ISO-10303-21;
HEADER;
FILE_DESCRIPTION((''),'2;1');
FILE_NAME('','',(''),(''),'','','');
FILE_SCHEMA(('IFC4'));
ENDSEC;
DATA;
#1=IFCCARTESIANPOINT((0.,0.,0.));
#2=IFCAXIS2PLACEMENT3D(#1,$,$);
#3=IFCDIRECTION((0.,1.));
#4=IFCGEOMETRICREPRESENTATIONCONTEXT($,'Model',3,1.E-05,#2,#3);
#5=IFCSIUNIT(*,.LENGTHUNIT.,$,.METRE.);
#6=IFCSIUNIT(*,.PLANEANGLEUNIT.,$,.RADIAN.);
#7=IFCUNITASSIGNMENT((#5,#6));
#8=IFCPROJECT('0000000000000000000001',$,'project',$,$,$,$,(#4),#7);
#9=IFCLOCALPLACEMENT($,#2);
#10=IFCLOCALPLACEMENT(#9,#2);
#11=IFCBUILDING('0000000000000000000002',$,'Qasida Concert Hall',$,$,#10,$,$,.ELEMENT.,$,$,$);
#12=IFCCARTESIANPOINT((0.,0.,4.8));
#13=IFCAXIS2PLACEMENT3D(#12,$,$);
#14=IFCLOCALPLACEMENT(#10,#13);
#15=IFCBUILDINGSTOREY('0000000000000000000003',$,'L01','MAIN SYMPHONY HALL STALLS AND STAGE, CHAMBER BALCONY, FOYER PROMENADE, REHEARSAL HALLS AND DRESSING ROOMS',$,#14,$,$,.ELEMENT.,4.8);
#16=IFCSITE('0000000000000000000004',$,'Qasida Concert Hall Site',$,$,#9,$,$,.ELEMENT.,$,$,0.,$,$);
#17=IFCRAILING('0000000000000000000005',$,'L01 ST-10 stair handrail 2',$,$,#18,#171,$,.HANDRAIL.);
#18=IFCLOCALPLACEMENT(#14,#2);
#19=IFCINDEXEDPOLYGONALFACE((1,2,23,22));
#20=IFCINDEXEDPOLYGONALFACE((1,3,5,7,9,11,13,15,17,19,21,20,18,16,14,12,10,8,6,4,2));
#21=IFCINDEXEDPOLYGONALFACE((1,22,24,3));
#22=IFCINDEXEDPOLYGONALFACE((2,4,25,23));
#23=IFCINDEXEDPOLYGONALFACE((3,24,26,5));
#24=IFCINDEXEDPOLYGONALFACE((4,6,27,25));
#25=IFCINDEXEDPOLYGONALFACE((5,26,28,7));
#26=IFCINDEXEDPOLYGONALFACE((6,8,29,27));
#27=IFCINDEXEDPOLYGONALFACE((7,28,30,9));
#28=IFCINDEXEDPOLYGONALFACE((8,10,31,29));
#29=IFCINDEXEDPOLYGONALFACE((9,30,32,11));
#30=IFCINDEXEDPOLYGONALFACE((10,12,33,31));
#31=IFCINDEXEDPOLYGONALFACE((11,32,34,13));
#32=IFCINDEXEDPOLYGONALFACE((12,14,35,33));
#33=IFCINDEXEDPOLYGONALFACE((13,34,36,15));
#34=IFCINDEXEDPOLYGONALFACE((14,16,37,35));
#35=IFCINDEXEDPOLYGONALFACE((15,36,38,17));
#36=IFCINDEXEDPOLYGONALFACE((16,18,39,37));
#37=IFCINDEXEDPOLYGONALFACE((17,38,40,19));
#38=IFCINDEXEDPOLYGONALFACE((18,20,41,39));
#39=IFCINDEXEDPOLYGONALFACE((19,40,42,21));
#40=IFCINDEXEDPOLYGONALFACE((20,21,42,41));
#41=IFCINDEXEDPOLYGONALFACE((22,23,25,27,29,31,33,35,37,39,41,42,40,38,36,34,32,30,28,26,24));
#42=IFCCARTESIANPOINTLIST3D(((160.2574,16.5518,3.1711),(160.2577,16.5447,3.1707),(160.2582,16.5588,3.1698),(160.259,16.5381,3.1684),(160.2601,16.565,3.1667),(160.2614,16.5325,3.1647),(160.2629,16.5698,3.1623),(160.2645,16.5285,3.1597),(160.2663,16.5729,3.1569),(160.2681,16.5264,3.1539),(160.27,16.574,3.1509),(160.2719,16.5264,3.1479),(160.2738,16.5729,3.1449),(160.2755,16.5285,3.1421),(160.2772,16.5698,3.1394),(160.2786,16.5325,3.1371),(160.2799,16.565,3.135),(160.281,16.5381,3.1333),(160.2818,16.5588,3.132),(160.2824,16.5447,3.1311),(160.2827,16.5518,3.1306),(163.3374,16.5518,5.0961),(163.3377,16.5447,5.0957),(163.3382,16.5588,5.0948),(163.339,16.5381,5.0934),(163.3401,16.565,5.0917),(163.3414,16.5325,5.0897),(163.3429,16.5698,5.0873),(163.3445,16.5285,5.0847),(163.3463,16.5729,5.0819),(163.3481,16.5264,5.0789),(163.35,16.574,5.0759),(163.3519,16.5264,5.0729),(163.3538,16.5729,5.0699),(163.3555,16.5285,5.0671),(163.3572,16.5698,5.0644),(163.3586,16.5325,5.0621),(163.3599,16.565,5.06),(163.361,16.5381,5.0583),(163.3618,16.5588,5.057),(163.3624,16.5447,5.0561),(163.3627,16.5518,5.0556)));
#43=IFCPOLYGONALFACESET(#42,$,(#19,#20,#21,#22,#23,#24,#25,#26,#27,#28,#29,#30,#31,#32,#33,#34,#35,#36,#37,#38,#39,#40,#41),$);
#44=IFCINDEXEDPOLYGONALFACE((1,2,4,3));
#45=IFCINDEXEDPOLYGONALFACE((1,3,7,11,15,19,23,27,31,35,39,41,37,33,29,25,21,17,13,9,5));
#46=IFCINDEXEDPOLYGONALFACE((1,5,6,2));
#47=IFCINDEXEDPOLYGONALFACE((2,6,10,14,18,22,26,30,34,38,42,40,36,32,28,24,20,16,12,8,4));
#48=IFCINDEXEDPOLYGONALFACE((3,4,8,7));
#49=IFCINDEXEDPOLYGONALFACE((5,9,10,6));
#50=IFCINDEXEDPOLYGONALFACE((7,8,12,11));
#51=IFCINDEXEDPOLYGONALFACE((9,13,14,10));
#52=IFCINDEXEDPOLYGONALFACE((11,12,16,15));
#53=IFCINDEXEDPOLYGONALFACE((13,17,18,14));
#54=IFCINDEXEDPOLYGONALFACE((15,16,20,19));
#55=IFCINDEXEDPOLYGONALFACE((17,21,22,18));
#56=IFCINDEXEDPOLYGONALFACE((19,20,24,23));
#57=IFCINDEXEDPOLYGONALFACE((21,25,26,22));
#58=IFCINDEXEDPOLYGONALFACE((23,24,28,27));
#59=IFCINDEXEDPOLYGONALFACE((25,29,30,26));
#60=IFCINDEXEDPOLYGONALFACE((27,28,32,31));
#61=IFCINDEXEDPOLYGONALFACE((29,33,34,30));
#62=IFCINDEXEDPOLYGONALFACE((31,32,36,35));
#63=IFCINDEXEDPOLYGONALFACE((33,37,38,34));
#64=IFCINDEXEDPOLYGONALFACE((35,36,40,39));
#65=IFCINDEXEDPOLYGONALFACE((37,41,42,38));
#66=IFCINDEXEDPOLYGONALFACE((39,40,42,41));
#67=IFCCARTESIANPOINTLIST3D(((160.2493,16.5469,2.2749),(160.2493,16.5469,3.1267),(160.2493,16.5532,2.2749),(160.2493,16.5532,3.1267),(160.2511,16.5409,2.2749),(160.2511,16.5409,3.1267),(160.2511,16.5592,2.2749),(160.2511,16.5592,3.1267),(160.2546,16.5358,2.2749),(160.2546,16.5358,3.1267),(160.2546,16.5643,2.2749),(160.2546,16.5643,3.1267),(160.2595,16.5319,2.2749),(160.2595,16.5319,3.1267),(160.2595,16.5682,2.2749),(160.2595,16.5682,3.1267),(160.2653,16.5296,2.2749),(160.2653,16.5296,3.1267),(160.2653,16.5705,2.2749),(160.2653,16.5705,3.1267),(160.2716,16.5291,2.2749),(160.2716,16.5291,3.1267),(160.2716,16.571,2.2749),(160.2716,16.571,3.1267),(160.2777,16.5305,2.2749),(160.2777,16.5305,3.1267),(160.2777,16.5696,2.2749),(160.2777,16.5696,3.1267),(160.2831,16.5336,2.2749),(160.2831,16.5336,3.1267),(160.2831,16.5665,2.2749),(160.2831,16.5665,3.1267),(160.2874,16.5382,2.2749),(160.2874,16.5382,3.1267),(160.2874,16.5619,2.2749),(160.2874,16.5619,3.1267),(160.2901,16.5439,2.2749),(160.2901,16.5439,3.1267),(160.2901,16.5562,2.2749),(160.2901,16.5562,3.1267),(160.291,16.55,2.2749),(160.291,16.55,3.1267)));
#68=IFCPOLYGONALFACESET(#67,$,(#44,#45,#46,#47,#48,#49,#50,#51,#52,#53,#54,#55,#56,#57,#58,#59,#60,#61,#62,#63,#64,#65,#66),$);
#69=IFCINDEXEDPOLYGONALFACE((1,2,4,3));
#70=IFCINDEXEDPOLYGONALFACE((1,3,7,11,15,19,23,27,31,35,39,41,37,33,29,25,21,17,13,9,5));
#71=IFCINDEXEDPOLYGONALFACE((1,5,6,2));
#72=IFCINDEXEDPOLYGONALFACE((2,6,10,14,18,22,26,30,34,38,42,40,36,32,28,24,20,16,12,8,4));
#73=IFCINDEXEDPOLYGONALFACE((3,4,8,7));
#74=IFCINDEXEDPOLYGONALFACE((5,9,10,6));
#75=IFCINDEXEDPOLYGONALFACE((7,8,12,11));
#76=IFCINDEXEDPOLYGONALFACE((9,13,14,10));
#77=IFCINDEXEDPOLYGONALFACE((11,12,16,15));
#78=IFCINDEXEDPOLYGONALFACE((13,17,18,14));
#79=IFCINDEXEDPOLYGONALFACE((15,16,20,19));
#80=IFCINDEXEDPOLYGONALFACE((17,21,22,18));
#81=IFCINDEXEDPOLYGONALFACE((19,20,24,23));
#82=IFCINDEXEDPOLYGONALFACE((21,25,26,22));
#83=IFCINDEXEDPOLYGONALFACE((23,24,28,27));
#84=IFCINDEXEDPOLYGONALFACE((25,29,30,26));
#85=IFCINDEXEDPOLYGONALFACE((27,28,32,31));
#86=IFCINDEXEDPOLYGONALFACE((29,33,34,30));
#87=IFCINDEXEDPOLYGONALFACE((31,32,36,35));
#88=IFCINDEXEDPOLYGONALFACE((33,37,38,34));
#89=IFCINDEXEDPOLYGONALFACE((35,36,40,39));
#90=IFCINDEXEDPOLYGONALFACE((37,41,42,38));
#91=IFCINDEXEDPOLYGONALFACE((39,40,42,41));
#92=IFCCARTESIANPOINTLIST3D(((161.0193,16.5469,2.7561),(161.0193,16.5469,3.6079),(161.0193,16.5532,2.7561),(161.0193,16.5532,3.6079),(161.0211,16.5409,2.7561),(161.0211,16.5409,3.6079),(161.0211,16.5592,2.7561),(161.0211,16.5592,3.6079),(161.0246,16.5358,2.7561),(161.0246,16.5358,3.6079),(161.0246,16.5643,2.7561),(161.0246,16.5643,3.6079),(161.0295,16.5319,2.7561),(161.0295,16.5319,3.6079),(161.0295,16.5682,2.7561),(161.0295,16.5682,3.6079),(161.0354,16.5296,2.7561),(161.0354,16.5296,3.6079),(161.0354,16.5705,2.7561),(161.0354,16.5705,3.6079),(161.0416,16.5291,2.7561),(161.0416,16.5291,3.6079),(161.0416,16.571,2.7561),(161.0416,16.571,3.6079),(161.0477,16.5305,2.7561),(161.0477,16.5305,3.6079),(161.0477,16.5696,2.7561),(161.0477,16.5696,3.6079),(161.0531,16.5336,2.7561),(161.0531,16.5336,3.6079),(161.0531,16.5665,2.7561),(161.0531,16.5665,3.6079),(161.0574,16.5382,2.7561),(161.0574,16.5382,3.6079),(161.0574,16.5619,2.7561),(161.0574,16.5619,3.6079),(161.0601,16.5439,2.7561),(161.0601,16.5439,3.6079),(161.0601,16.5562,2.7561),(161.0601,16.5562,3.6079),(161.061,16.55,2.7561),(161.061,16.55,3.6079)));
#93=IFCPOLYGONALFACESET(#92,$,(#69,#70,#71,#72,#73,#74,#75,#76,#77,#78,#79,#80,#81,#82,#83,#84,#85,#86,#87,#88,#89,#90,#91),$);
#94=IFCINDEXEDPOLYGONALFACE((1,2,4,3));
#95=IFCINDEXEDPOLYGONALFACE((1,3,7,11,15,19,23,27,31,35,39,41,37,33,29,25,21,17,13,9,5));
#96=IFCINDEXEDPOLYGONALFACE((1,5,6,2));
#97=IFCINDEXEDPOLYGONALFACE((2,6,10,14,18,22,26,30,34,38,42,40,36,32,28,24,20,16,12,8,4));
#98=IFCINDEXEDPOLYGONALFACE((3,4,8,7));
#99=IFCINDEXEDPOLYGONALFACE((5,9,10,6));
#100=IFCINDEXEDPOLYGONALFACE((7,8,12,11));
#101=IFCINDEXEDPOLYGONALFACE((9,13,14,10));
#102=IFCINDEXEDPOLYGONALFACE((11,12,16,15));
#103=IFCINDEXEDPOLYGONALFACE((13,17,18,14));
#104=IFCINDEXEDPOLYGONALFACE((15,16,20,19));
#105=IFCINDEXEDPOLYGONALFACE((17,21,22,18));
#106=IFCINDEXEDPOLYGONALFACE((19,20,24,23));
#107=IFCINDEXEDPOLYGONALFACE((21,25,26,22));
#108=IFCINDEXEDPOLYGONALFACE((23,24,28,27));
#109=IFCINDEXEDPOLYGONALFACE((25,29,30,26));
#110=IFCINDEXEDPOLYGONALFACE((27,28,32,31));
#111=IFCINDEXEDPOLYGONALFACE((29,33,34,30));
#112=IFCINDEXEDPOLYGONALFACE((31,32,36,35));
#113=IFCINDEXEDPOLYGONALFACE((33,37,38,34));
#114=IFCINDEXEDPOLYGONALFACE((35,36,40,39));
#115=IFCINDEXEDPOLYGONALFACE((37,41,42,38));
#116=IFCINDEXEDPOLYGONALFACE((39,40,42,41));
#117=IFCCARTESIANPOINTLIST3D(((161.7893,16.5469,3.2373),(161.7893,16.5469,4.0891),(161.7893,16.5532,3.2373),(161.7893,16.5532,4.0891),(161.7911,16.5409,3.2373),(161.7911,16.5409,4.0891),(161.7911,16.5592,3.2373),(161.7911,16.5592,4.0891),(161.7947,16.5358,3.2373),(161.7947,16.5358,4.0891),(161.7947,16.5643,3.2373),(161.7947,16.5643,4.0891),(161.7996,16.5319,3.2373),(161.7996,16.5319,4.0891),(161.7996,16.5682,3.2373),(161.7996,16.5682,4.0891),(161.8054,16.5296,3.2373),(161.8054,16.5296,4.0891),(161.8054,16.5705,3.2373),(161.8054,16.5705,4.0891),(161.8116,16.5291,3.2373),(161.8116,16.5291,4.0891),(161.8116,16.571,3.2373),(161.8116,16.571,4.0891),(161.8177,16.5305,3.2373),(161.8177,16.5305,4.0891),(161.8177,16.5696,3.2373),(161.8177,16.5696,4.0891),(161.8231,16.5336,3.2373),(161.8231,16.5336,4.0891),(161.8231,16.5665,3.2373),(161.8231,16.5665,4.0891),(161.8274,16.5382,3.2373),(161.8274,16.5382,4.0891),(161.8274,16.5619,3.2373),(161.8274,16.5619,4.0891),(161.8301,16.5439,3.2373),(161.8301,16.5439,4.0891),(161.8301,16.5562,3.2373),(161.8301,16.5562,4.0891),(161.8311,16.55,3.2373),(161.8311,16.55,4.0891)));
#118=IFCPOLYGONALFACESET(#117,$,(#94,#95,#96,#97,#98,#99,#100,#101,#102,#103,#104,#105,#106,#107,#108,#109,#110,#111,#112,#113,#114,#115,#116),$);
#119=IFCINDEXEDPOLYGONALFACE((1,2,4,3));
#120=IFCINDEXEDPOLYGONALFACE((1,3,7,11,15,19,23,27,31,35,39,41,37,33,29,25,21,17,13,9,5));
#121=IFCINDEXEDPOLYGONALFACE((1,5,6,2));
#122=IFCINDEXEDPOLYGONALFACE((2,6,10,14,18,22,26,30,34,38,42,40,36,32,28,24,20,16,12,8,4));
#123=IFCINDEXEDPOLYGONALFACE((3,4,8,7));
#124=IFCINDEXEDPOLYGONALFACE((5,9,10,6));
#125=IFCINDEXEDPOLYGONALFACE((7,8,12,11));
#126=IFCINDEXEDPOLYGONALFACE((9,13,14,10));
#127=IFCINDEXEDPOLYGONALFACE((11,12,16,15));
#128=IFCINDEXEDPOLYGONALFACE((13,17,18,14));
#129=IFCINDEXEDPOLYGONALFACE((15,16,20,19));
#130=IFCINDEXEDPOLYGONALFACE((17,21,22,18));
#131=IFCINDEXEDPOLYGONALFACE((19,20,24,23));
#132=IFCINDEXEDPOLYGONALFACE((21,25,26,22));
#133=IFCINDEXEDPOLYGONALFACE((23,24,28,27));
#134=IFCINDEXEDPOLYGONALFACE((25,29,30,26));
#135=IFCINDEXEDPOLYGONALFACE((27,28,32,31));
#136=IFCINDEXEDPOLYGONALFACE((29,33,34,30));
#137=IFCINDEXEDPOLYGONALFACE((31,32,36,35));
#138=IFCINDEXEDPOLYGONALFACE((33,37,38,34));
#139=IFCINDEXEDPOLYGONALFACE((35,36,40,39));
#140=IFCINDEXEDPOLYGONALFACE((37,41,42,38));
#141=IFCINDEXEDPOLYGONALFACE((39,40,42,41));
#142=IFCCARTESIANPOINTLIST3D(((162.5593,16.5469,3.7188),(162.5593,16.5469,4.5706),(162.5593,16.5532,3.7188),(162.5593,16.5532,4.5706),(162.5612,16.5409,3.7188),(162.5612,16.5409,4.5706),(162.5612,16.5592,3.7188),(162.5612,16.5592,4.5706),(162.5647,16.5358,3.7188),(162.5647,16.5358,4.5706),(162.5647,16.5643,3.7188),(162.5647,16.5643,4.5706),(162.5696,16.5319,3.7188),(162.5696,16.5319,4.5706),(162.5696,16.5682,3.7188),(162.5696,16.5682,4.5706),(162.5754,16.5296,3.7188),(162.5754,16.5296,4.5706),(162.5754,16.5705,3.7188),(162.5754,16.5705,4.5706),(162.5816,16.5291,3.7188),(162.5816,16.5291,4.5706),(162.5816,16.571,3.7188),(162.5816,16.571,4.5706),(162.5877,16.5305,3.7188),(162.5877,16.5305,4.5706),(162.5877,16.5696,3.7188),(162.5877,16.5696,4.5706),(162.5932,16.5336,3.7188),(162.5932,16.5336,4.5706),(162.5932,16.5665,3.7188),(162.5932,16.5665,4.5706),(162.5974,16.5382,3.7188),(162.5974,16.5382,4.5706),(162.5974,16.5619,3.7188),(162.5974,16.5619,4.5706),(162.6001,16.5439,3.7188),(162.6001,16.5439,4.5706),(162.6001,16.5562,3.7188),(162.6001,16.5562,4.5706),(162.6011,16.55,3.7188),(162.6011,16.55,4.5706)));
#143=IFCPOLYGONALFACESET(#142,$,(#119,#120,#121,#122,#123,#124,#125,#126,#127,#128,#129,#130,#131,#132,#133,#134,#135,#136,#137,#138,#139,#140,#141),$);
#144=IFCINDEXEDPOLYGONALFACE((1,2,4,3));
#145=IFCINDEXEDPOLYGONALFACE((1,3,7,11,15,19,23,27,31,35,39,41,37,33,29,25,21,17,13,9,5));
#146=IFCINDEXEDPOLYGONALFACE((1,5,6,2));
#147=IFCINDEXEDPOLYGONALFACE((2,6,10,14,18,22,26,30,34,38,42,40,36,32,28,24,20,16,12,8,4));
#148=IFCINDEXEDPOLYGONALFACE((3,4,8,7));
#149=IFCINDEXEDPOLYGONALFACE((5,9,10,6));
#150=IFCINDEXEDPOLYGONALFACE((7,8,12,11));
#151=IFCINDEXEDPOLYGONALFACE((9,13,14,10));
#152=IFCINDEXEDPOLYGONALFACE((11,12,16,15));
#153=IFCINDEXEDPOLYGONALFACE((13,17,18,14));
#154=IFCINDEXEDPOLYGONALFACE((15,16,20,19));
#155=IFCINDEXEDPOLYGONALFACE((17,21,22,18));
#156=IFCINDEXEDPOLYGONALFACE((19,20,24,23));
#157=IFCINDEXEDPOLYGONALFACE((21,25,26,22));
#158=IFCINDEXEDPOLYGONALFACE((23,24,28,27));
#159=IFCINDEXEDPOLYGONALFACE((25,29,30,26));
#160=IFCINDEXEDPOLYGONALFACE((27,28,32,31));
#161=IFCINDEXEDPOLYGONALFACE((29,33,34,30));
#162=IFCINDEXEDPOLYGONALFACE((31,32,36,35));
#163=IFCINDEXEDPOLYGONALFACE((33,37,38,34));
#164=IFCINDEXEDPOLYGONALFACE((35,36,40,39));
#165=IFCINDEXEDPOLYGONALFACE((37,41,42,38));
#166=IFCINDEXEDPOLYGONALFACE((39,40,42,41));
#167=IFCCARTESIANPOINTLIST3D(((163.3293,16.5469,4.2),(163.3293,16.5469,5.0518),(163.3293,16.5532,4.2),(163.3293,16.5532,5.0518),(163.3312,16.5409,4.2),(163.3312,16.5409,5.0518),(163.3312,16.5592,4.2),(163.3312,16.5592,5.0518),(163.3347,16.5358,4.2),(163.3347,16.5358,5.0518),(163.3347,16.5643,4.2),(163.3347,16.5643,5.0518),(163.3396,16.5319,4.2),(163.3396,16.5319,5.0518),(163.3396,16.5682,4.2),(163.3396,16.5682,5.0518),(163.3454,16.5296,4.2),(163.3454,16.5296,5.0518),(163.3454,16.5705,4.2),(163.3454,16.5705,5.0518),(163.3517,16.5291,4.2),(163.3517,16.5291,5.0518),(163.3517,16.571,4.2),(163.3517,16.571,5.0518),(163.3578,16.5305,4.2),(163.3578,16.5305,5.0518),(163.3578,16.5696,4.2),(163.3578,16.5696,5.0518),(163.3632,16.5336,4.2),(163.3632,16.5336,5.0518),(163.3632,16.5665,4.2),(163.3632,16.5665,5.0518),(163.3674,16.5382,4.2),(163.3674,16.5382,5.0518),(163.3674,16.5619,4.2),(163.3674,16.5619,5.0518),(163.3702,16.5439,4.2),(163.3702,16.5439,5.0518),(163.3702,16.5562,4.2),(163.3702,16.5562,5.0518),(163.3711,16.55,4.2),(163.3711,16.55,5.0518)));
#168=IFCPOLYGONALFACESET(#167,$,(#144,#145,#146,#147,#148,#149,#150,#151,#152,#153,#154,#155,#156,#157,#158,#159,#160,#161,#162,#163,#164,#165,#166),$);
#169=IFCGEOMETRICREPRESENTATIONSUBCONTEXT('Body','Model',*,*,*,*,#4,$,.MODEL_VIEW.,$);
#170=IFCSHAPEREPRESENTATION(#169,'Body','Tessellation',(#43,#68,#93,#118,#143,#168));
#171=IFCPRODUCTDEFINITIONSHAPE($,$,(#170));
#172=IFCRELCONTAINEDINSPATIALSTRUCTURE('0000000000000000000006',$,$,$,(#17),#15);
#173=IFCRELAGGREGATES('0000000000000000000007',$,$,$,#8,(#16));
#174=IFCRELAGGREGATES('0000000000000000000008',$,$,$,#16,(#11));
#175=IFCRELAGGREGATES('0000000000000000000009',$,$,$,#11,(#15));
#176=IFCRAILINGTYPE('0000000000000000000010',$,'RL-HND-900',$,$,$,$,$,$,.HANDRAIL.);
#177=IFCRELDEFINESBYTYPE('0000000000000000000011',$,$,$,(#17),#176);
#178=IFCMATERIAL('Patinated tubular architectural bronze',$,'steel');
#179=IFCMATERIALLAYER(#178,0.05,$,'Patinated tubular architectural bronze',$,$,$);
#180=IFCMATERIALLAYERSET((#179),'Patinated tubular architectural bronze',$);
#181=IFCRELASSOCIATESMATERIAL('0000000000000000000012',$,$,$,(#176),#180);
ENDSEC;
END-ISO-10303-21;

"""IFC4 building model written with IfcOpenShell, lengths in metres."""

from ifc_helpers import new_model, si_unit, direction, frame, origin, origin_2d, place, context, subcontext, project, spatial, circle, extrude, material, layer, layer_set, type_object, element, save


model = new_model("IFC4")

# Units and contexts
model_context = context("Model", 3, precision=1e-05, world=origin(), true_north=direction((0.0, 1.0)))
body_context = subcontext(model_context, "Body", "Model", "MODEL_VIEW")
ifc_project = project(units=[si_unit("LENGTHUNIT", "METRE"), si_unit("PLANEANGLEUNIT", "RADIAN")], contexts=[model_context])

# Site, building, storey
site_placement = place(None, origin())
site = spatial("IfcSite", under=ifc_project, at=site_placement, Name="Qasida Concert Hall Site", CompositionType="ELEMENT", RefElevation=0.0)
building_placement = place(site_placement, origin())
building = spatial("IfcBuilding", under=site, at=building_placement, Name="Qasida Concert Hall", CompositionType="ELEMENT")
storey_placement = place(building_placement, frame((0.0, 0.0, 4.8)))
storey = spatial("IfcBuildingStorey", under=building, at=storey_placement, Name="L01", Description="MAIN SYMPHONY HALL STALLS AND STAGE, CHAMBER BALCONY, FOYER PROMENADE, REHEARSAL HALLS AND DRESSING ROOMS", CompositionType="ELEMENT", Elevation=4.8)

# Railing
ifc_material_1 = material(Name="Patinated tubular architectural bronze", Category="steel")
ifc_layer_1 = layer(ifc_material_1, 0.05, Name="Patinated tubular architectural bronze")
ifc_layer_set_1 = layer_set([ifc_layer_1], Name="Patinated tubular architectural bronze")
railing_type_1 = type_object("IfcRailingType", Name="RL-HND-900", PredefinedType="HANDRAIL", material=ifc_layer_set_1)
railing_1_placement = place(storey_placement, frame((160.27, 16.55, 2.2749)))
element("IfcRailing", 1, at=railing_1_placement, inside=storey, type_object=railing_type_1, Name="L01 ST-10 stair handrail 2", PredefinedType="HANDRAIL", context=body_context, shape_type="SweptSolid", body=[
    extrude(circle(Radius=0.0239, at=origin_2d()), frame((0.0, 0.0, 0.876), z_axis=(0.847998, 0.0, 0.529999), x_axis=(0.0, 1.0, 0.0)), (0.0, 0.0, 1.0), 3.6321),
    extrude(circle(Radius=0.021, at=origin_2d()), origin(), (0.0, 0.0, 1.0), 0.8518),
    extrude(circle(Radius=0.021, at=origin_2d()), frame((0.77, 0.0, 0.4812)), (0.0, 0.0, 1.0), 0.8518),
    extrude(circle(Radius=0.021, at=origin_2d()), frame((1.54, 0.0, 0.9624)), (0.0, 0.0, 1.0), 0.8518),
    extrude(circle(Radius=0.021, at=origin_2d()), frame((2.3101, 0.0, 1.4438)), (0.0, 0.0, 1.0), 0.8518),
    extrude(circle(Radius=0.021, at=origin_2d()), frame((3.0801, 0.0, 1.925)), (0.0, 0.0, 1.0), 0.8518),
])

save(model, "model.ifc")
